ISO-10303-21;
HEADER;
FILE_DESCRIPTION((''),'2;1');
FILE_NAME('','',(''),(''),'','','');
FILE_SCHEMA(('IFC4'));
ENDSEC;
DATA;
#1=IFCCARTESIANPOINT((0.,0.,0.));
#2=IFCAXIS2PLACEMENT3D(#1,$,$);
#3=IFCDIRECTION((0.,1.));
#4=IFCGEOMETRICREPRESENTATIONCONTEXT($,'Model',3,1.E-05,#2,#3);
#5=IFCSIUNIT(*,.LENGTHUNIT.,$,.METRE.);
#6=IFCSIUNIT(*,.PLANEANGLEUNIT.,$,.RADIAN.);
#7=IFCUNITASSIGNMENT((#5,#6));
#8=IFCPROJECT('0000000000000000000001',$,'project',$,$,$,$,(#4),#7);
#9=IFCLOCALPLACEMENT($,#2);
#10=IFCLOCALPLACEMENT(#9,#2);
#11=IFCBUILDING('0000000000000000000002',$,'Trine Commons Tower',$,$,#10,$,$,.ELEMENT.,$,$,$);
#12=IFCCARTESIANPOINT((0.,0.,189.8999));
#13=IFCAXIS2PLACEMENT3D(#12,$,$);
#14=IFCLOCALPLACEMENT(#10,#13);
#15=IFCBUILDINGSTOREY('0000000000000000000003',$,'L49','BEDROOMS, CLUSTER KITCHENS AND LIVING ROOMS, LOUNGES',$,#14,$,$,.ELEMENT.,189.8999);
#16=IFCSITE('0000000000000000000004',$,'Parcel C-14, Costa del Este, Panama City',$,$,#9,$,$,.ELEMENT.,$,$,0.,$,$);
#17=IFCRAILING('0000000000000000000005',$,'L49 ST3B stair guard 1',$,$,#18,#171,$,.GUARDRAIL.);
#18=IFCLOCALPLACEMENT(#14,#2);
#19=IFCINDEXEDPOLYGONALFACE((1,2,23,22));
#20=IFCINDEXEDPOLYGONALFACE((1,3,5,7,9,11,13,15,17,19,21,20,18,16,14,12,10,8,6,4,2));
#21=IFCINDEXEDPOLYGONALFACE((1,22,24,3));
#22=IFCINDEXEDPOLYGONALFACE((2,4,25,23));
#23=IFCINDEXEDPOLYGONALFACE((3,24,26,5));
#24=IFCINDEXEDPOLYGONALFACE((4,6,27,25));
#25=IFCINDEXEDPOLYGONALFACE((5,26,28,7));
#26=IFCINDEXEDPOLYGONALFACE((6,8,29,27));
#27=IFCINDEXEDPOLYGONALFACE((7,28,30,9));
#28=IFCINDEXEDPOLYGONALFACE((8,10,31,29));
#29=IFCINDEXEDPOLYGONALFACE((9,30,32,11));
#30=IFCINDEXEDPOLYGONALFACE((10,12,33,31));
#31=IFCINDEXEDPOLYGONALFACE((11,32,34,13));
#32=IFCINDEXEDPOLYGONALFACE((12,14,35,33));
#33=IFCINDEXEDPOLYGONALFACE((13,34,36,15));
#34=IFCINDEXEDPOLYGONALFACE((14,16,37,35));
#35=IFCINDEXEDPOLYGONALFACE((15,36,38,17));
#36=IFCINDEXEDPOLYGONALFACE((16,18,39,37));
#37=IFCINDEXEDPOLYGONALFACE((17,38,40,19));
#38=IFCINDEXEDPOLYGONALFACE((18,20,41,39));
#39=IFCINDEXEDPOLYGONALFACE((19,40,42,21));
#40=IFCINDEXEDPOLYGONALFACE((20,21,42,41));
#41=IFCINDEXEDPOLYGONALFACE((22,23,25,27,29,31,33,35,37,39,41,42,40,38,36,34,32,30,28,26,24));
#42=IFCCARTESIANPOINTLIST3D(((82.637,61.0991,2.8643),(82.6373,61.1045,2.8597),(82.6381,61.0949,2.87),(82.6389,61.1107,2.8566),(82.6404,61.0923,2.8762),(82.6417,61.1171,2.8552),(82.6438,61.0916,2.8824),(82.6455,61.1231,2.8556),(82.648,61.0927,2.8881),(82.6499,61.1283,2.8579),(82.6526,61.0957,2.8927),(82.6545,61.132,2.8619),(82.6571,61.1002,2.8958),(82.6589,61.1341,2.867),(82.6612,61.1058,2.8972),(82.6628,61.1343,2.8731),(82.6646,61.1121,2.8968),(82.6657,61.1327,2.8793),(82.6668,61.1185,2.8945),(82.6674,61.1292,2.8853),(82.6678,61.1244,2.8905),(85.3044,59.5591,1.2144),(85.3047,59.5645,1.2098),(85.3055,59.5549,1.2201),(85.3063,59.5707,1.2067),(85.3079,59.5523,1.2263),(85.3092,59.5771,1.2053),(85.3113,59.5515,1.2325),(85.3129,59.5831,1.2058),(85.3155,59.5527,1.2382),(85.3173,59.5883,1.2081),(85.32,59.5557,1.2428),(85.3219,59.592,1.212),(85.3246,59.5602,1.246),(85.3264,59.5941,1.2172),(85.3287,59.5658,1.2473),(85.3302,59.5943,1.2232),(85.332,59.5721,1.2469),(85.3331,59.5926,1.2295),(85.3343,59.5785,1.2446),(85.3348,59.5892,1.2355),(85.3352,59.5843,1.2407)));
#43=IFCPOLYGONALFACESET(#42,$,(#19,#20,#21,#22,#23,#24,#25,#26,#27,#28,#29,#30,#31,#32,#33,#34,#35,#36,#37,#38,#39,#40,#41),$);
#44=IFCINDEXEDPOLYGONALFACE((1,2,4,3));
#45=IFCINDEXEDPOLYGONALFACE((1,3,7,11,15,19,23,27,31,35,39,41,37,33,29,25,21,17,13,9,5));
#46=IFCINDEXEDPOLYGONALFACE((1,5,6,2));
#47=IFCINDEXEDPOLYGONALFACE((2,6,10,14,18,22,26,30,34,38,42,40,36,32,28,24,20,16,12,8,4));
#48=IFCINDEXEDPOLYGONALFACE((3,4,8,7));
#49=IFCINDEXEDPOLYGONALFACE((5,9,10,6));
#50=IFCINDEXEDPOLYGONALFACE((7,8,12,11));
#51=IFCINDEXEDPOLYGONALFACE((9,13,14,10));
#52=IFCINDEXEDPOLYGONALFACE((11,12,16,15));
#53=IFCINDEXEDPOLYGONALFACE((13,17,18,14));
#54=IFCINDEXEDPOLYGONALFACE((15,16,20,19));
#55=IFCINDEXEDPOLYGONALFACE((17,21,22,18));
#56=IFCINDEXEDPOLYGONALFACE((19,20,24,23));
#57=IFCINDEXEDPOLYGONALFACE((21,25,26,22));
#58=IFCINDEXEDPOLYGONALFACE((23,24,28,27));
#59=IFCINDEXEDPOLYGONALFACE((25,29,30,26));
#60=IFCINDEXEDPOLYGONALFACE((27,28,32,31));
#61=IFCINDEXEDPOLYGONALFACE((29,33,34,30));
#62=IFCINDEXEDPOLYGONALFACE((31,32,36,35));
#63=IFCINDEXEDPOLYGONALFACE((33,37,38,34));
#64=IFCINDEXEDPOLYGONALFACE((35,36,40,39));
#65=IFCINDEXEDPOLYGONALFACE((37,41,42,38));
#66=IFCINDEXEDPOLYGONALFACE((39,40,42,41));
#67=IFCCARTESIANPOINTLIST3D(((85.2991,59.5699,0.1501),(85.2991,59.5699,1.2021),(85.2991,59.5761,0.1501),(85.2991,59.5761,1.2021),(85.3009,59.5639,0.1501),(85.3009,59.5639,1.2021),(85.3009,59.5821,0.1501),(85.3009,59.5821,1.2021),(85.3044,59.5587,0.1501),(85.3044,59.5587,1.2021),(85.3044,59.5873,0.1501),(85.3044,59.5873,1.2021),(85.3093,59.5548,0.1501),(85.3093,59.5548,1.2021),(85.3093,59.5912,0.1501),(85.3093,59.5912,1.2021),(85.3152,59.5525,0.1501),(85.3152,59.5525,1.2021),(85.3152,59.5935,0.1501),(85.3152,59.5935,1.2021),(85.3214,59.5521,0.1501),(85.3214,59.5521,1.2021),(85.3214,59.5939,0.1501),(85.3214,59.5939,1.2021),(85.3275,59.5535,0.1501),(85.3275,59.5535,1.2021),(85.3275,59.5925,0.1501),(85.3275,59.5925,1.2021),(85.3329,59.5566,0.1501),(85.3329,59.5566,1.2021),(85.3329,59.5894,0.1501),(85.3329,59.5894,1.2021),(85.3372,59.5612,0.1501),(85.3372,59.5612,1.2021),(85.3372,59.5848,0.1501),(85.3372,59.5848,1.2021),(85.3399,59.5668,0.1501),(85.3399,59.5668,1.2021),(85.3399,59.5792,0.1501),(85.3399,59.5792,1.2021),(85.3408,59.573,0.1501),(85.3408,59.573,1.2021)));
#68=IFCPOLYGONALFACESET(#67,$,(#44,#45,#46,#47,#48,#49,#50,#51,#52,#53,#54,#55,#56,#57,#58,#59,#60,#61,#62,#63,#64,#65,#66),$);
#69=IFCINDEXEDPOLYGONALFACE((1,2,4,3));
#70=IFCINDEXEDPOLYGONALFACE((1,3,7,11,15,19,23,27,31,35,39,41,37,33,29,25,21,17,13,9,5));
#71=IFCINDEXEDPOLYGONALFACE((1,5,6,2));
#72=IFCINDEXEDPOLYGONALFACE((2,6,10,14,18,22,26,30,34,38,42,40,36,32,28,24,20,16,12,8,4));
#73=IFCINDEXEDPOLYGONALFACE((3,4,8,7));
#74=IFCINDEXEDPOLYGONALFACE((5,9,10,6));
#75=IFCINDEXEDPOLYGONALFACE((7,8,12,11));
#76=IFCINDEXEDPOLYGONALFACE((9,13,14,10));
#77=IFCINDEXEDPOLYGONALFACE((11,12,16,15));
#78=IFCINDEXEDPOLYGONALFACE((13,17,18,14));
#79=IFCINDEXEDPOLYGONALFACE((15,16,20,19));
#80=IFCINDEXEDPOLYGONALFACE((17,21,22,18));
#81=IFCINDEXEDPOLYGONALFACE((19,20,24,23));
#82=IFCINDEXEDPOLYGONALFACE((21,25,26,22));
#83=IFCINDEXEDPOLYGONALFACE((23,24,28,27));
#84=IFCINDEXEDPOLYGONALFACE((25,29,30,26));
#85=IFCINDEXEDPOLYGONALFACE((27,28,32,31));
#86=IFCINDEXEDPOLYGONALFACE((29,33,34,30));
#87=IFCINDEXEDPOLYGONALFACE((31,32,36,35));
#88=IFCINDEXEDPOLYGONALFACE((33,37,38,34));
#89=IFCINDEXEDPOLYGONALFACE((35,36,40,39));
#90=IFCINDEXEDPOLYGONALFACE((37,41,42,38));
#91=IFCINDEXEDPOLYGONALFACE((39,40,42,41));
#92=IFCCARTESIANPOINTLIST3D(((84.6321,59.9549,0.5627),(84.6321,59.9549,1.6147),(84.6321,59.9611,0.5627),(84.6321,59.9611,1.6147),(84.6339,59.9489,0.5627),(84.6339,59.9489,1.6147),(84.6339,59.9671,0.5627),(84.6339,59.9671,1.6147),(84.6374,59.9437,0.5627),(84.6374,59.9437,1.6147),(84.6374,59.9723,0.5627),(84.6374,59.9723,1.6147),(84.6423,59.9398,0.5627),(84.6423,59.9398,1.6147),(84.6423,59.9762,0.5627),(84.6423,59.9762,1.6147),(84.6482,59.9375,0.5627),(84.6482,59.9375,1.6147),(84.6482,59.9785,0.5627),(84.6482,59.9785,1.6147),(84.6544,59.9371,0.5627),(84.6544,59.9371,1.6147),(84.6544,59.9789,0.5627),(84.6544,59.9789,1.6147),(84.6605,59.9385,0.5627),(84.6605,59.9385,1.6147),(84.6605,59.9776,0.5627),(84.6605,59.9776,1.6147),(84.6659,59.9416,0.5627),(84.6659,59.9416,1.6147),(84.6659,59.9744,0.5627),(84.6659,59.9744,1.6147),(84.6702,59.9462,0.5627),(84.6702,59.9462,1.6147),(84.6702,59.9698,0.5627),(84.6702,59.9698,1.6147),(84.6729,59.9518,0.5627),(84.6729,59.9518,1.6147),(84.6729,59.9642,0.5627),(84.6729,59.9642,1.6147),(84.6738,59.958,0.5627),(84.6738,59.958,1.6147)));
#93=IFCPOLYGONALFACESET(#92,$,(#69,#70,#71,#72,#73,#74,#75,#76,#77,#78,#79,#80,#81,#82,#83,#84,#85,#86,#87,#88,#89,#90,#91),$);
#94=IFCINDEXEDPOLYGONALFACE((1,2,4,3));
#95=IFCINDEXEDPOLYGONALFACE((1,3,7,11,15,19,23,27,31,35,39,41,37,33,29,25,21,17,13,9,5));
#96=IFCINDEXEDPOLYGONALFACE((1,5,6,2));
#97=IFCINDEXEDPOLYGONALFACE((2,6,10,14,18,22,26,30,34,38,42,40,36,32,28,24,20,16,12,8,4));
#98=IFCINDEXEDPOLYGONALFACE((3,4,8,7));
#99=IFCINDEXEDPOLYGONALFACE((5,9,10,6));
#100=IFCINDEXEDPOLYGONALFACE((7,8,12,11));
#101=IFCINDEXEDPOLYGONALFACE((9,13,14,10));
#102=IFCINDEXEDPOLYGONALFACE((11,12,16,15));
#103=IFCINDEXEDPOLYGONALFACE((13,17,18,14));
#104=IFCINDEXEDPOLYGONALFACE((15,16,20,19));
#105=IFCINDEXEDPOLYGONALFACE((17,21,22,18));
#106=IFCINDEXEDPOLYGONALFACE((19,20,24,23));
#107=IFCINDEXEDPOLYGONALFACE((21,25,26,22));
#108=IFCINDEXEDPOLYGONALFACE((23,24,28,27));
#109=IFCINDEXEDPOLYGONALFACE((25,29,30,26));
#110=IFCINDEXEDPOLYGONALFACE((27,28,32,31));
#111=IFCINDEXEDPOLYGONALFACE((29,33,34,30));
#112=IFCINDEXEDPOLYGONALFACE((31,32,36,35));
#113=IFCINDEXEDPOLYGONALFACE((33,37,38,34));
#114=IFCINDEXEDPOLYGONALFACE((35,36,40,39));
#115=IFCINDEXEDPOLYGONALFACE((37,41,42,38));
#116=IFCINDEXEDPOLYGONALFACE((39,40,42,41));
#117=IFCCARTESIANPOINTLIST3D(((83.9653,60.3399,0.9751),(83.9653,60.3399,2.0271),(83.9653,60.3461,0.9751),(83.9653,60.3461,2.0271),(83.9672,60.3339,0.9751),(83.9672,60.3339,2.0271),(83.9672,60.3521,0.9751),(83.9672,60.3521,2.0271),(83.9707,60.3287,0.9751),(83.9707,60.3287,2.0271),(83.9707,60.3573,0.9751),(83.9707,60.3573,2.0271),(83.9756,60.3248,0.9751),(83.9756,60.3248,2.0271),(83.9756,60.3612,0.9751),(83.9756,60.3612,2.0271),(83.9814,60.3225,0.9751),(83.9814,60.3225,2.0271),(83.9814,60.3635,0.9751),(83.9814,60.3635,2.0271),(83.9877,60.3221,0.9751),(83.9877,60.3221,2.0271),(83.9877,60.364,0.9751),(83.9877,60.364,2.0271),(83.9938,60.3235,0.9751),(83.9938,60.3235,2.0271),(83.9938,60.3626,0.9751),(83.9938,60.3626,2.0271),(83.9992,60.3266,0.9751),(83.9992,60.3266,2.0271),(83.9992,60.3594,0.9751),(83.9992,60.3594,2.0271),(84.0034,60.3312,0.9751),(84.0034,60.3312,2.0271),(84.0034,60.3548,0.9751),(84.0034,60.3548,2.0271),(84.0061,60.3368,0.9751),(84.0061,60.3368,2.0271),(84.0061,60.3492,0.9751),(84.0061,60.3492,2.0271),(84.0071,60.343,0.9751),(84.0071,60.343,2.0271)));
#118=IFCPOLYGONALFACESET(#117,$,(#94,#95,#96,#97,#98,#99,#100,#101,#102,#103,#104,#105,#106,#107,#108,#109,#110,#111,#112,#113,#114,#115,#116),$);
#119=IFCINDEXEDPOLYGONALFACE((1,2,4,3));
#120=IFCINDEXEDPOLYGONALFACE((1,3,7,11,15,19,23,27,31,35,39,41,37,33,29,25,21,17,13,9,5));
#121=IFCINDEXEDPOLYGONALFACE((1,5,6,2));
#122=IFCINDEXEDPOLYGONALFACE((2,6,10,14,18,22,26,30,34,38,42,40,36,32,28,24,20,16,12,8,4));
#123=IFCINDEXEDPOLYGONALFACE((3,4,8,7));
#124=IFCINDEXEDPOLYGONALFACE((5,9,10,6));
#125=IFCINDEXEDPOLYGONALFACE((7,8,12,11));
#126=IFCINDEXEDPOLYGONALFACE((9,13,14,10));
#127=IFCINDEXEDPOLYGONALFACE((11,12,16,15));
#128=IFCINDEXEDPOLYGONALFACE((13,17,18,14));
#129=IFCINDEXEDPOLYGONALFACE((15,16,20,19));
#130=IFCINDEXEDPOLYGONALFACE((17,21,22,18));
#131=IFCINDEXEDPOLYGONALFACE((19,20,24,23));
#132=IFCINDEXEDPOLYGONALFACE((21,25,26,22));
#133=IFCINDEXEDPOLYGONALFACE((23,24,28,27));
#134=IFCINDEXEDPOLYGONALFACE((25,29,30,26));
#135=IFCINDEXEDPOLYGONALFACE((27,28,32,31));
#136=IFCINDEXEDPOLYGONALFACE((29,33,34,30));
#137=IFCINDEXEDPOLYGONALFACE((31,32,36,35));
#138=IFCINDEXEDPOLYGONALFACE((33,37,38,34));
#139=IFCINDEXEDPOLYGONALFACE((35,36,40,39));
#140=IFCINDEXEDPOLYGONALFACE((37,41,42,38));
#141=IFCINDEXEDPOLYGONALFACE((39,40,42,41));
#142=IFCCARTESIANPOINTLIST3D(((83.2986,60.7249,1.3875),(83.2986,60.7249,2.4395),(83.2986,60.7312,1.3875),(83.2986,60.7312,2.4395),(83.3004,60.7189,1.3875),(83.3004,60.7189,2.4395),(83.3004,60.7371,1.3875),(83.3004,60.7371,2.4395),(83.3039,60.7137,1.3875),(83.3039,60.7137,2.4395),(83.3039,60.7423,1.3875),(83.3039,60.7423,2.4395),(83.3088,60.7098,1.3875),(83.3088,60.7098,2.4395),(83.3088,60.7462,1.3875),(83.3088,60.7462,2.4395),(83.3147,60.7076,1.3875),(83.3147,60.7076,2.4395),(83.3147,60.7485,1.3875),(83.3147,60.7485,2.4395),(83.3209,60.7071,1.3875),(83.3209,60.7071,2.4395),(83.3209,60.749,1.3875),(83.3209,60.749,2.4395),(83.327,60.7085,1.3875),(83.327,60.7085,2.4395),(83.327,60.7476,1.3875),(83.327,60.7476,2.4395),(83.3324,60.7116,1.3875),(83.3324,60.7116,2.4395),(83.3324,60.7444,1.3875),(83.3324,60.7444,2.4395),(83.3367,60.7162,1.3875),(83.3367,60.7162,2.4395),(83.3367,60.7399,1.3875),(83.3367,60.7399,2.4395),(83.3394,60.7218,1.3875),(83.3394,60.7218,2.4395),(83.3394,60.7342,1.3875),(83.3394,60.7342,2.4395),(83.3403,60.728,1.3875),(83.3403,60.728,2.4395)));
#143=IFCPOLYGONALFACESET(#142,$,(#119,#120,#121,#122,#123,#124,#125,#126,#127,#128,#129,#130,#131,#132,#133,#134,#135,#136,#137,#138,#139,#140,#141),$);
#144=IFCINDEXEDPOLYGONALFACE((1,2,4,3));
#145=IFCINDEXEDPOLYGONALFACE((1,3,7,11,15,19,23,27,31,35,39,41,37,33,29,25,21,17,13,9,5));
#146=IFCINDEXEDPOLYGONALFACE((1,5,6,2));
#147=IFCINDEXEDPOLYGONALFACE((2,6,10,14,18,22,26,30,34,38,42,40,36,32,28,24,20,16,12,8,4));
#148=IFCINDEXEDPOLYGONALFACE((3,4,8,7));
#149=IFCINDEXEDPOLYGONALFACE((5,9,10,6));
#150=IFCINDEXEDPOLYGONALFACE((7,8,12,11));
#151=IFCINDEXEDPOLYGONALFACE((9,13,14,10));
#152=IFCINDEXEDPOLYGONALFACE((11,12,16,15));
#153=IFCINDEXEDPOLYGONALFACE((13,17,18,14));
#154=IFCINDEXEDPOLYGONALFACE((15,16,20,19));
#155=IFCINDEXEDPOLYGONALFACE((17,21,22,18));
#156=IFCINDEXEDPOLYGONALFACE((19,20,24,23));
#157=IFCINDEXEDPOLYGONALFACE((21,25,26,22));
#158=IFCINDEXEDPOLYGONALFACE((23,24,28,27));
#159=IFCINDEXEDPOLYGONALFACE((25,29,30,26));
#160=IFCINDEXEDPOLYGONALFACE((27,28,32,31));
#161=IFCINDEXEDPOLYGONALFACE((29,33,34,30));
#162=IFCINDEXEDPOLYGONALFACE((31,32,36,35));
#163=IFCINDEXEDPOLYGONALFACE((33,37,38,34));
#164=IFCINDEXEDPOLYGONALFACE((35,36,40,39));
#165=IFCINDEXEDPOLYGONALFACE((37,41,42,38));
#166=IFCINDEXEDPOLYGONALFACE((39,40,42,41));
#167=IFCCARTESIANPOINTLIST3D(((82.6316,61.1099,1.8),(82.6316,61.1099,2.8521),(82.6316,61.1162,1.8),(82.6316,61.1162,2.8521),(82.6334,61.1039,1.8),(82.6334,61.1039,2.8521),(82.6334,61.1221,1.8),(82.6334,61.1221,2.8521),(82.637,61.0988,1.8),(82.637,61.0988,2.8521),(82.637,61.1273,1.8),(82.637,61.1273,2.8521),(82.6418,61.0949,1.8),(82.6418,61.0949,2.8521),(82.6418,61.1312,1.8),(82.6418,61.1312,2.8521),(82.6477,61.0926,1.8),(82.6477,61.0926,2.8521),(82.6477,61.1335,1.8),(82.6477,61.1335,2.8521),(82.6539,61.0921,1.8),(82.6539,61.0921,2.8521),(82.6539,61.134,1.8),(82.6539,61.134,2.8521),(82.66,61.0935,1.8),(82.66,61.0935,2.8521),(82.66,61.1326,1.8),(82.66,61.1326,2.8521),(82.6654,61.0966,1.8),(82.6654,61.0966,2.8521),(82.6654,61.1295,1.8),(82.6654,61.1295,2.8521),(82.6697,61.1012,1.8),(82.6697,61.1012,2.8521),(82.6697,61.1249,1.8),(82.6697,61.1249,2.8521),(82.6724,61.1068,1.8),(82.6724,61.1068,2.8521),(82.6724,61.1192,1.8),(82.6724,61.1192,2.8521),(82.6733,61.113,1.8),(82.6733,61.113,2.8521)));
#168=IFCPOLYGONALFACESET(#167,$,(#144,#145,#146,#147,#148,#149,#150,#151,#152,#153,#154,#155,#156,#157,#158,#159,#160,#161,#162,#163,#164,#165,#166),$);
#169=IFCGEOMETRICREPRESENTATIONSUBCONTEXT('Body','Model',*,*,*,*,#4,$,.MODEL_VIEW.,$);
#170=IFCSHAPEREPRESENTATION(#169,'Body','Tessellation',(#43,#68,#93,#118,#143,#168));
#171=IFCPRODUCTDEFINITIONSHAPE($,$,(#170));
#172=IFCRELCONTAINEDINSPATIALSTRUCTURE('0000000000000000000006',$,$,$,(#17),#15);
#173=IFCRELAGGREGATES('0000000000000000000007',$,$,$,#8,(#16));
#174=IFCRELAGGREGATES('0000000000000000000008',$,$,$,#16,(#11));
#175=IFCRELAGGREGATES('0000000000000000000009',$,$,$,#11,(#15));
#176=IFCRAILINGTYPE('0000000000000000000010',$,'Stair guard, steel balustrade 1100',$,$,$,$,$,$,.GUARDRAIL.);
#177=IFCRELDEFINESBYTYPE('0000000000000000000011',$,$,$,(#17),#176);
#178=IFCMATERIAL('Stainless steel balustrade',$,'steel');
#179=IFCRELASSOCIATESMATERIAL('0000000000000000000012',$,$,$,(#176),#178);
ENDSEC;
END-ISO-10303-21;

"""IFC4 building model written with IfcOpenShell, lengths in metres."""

from ifc_helpers import new_model, si_unit, direction, frame, origin, origin_2d, place, context, subcontext, project, spatial, circle, extrude, material, type_object, element, save


model = new_model("IFC4")

# Units and contexts
model_context = context("Model", 3, precision=1e-05, world=origin(), true_north=direction((0.0, 1.0)))
body_context = subcontext(model_context, "Body", "Model", "MODEL_VIEW")
ifc_project = project(units=[si_unit("LENGTHUNIT", "METRE"), si_unit("PLANEANGLEUNIT", "RADIAN")], contexts=[model_context])

# Site, building, storey
site_placement = place(None, origin())
site = spatial("IfcSite", under=ifc_project, at=site_placement, Name="Parcel C-14, Costa del Este, Panama City", CompositionType="ELEMENT", RefElevation=0.0)
building_placement = place(site_placement, origin())
building = spatial("IfcBuilding", under=site, at=building_placement, Name="Trine Commons Tower", CompositionType="ELEMENT")
storey_placement = place(building_placement, frame((0.0, 0.0, 189.8999)))
storey = spatial("IfcBuildingStorey", under=building, at=storey_placement, Name="L49", Description="BEDROOMS, CLUSTER KITCHENS AND LIVING ROOMS, LOUNGES", CompositionType="ELEMENT", Elevation=189.8999)

# Railing
ifc_material_1 = material(Name="Stainless steel balustrade", Category="steel")
railing_type_1 = type_object("IfcRailingType", Name="Stair guard, steel balustrade 1100", PredefinedType="GUARDRAIL", material=ifc_material_1)
railing_1_placement = place(storey_placement, frame((85.3198, 59.573, 0.1501)))
element("IfcRailing", 1, at=railing_1_placement, inside=storey, type_object=railing_type_1, Name="L49 ST3B stair guard 1", PredefinedType="GUARDRAIL", context=body_context, shape_type="SweptSolid", body=[
    extrude(circle(Radius=0.0239, at=origin_2d()), frame((0.0, 0.0, 1.0762), z_axis=(-0.763405, 0.440743, 0.472185), x_axis=(-0.499992, -0.86603, 0.0)), (0.0, 0.0, 1.0), 3.4941),
    extrude(circle(Radius=0.021, at=origin_2d()), origin(), (0.0, 0.0, 1.0), 1.052),
    extrude(circle(Radius=0.021, at=origin_2d()), frame((-0.667, 0.385, 0.4126)), (0.0, 0.0, 1.0), 1.052),
    extrude(circle(Radius=0.021, at=origin_2d()), frame((-1.3337, 0.77, 0.825)), (0.0, 0.0, 1.0), 1.052),
    extrude(circle(Radius=0.021, at=origin_2d()), frame((-2.0005, 1.155, 1.2373)), (0.0, 0.0, 1.0), 1.052),
    extrude(circle(Radius=0.021, at=origin_2d()), frame((-2.6675, 1.54, 1.6499)), (0.0, 0.0, 1.0), 1.052),
])

save(model, "model.ifc")
